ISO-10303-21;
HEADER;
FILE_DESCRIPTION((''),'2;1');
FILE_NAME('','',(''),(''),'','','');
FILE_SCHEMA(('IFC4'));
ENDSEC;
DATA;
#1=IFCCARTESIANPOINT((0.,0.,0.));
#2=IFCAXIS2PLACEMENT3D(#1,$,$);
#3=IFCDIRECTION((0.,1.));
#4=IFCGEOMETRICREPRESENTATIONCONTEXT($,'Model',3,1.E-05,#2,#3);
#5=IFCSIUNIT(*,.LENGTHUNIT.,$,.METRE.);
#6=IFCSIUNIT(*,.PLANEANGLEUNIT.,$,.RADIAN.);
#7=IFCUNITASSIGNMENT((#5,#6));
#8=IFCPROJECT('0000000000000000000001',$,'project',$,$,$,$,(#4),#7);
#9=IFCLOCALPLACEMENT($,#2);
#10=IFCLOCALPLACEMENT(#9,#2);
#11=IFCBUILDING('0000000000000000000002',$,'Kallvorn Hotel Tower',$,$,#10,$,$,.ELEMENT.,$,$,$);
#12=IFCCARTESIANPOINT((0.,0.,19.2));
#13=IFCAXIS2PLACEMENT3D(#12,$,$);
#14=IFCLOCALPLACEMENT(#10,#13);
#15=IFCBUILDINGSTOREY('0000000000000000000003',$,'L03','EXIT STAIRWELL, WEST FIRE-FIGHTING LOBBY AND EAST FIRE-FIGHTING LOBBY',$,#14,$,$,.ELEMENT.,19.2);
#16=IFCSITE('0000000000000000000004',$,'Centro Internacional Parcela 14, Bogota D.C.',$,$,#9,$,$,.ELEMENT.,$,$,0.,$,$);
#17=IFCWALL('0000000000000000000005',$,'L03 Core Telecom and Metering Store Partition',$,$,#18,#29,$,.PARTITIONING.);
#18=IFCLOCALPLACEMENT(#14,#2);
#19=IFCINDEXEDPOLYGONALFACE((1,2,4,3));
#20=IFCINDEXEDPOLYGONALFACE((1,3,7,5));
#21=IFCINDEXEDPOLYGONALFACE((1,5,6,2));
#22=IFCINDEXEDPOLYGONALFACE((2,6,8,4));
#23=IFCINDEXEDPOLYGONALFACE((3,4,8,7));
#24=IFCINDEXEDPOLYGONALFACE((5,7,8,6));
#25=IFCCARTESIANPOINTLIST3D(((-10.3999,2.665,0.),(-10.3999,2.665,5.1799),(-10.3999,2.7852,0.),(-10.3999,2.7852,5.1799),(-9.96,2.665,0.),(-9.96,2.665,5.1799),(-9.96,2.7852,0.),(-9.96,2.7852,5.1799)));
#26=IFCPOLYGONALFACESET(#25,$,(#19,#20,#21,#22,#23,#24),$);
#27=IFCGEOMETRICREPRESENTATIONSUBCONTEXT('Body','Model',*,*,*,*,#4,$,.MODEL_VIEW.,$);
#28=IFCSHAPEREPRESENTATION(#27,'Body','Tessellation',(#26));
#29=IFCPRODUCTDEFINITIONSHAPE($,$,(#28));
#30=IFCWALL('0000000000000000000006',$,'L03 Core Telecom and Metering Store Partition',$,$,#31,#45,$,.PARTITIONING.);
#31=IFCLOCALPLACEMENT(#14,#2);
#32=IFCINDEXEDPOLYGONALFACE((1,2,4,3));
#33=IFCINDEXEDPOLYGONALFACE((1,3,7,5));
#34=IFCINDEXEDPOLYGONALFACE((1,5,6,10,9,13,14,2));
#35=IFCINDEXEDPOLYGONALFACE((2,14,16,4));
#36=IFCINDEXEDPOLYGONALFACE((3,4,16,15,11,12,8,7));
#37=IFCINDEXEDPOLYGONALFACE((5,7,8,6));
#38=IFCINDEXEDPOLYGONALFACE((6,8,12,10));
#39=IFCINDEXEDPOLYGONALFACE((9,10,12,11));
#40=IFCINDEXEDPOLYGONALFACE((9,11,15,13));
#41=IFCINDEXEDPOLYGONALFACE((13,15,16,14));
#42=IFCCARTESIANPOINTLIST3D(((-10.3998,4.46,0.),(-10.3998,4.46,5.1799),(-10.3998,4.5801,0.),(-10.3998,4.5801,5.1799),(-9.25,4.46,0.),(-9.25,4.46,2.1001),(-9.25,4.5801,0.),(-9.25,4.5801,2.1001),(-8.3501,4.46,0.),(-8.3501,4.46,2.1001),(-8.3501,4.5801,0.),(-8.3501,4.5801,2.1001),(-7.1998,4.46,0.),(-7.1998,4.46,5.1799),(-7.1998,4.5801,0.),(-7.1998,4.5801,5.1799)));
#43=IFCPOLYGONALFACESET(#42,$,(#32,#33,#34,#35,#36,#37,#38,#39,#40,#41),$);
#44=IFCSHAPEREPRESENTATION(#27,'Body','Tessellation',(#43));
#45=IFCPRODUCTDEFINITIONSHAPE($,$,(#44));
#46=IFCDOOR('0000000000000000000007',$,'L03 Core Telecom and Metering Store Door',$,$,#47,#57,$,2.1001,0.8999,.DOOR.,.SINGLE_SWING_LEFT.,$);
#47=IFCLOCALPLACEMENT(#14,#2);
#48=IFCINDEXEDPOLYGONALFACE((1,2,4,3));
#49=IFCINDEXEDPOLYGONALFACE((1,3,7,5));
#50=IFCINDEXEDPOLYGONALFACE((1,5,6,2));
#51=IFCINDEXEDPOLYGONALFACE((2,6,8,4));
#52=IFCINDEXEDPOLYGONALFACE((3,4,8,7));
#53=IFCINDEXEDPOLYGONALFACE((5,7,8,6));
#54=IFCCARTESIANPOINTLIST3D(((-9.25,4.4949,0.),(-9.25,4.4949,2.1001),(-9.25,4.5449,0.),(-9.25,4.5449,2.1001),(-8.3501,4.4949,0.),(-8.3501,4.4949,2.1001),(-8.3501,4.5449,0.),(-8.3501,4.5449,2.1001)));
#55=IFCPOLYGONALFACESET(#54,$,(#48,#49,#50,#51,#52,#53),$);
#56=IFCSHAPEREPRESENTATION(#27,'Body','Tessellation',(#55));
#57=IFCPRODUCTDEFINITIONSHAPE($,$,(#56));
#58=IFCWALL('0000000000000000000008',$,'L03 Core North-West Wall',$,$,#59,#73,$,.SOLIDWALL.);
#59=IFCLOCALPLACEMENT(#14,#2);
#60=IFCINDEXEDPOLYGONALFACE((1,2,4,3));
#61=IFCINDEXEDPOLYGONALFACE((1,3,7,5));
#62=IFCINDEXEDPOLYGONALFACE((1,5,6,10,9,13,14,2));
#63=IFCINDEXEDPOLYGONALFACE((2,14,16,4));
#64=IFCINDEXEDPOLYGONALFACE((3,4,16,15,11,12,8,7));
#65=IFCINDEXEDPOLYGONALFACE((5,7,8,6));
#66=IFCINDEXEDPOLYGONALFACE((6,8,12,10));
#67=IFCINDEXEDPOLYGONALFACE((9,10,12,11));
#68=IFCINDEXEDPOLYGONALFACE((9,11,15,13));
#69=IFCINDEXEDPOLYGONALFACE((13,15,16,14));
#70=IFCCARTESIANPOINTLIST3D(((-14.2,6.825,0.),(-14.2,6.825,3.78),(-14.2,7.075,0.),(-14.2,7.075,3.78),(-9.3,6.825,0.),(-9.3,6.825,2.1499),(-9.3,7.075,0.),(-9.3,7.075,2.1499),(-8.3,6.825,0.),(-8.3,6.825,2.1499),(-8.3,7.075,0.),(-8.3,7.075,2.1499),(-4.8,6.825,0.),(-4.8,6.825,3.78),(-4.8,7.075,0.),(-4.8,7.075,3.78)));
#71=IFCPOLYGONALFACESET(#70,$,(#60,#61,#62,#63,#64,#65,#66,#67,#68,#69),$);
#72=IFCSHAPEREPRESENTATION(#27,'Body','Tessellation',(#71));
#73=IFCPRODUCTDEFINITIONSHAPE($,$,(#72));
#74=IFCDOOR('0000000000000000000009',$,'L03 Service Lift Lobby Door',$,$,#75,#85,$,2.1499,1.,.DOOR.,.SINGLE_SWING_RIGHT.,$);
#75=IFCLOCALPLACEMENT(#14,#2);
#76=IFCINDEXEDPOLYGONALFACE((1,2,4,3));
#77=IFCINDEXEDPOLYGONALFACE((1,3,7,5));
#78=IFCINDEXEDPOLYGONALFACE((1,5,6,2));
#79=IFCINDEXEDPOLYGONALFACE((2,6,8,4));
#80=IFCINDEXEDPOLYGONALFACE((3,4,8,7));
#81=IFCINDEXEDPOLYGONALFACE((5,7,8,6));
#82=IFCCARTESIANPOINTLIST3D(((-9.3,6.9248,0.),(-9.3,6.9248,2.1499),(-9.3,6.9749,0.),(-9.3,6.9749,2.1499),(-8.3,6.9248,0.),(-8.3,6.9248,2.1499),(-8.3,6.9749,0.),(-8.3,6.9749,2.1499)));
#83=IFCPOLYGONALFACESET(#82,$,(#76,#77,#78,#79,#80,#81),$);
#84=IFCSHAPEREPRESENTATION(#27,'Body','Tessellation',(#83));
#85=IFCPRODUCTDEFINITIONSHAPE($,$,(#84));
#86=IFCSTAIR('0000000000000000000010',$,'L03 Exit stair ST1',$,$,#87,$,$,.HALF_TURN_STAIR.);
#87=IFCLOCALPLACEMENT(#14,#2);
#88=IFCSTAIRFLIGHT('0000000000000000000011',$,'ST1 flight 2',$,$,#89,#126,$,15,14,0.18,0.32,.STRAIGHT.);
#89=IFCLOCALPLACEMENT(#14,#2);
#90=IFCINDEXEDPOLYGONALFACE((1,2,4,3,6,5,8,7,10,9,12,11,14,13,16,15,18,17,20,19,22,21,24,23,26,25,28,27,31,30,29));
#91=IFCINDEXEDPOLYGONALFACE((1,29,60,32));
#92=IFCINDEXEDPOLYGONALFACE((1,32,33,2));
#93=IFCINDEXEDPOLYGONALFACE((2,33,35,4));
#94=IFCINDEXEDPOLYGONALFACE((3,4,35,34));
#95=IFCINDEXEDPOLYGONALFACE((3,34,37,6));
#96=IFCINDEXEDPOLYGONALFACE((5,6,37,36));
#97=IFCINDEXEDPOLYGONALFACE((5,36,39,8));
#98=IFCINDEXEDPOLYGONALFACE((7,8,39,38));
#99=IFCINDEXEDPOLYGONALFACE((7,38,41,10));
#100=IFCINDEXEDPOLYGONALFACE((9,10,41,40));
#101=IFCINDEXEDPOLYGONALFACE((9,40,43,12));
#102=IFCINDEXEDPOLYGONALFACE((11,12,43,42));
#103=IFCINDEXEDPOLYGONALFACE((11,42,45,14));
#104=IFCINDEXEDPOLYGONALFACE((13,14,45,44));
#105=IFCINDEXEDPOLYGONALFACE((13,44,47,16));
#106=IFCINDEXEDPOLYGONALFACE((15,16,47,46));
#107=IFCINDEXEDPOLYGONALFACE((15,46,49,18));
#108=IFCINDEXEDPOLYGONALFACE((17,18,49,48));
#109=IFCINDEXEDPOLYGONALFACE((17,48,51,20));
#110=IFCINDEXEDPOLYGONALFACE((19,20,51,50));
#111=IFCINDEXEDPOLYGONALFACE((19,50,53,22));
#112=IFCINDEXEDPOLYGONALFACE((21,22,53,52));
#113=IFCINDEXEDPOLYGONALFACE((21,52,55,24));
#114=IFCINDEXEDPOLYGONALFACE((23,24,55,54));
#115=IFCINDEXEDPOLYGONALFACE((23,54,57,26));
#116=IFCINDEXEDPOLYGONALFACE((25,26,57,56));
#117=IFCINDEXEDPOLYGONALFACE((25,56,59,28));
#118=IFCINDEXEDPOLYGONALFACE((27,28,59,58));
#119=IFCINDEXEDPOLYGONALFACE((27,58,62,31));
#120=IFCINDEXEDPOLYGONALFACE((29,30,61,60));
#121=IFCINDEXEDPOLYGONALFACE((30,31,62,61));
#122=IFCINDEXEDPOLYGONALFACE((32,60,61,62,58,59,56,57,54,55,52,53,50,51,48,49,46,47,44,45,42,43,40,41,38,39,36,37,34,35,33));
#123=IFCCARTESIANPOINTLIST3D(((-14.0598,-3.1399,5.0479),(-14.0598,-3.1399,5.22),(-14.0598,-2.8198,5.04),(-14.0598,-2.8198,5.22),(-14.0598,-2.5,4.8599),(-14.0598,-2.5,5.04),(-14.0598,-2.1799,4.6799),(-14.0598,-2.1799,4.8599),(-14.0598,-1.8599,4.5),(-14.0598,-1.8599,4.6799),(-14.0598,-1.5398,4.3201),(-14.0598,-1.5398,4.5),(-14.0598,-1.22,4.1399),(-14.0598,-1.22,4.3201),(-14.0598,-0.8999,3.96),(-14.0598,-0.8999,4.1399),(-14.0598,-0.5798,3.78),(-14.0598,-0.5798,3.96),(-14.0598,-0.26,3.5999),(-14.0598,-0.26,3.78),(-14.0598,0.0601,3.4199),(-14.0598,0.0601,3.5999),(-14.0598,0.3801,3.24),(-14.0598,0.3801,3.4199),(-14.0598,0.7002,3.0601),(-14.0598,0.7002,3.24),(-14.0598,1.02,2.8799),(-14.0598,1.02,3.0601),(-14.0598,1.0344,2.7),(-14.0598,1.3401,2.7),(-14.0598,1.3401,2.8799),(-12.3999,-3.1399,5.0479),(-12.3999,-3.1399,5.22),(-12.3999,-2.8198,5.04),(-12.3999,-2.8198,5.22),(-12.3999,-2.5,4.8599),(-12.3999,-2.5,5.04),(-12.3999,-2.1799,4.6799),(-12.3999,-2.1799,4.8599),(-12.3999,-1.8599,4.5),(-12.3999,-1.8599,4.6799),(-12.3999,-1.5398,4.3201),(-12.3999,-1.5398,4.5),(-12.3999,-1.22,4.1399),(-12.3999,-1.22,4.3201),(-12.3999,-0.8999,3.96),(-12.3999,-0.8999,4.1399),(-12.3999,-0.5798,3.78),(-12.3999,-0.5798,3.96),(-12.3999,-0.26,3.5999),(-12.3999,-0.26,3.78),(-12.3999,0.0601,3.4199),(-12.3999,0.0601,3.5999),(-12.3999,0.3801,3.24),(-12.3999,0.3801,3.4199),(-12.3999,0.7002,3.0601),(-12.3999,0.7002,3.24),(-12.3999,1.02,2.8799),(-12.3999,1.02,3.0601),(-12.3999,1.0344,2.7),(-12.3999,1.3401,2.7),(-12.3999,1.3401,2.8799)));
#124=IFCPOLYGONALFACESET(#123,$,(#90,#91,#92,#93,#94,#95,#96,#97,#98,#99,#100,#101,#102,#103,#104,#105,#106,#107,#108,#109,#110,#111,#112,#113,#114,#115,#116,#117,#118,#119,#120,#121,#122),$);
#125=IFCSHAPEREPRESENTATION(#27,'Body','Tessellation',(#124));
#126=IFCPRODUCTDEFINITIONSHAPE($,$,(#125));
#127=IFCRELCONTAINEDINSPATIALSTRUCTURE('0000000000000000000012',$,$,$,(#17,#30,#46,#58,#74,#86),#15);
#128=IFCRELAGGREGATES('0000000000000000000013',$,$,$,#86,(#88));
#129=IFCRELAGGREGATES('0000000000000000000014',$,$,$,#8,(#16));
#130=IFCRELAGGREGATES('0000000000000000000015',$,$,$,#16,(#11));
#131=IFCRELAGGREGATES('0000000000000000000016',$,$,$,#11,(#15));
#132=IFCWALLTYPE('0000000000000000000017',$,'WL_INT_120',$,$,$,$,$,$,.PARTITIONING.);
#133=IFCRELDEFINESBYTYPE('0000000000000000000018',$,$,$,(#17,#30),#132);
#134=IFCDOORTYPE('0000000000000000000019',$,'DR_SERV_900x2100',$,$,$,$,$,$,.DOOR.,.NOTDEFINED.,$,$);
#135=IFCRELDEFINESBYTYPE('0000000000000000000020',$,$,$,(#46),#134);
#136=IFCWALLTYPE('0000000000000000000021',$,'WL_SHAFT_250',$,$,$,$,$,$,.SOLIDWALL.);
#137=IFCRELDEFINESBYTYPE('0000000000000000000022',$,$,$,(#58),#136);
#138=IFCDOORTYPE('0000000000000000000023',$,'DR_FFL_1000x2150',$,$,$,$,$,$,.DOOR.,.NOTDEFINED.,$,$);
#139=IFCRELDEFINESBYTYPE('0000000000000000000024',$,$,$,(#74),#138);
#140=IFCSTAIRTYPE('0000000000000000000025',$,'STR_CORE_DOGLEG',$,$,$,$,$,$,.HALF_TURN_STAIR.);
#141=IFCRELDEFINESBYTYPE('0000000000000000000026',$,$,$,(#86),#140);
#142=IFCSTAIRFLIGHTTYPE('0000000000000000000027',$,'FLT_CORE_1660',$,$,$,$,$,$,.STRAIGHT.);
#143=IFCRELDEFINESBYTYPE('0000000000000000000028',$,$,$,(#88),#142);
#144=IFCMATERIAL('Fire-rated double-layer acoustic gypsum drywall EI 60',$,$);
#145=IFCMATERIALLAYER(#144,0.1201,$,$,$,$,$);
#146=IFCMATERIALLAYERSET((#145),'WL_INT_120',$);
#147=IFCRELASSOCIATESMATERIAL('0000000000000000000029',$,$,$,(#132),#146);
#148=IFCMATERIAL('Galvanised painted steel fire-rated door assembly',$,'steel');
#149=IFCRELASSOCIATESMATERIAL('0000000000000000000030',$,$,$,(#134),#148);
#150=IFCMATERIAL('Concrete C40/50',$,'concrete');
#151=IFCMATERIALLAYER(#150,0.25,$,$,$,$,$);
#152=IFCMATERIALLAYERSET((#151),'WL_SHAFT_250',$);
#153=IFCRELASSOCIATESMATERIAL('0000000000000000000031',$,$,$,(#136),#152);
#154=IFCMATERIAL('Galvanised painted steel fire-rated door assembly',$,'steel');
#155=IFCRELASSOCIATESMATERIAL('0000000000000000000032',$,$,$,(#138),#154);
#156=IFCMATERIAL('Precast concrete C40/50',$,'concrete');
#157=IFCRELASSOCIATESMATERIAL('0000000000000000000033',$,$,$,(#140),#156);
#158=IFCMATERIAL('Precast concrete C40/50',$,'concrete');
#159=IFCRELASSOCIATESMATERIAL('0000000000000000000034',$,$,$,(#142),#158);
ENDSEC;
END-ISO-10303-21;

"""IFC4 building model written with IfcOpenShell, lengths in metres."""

from ifc_helpers import new_model, si_unit, direction, frame, frame_2d, origin, place, context, subcontext, project, spatial, polyline, rectangle, outline, extrude, material, layer, layer_set, type_object, element, fill, aggregate, save


model = new_model("IFC4")

# Units and contexts
model_context = context("Model", 3, precision=1e-05, world=origin(), true_north=direction((0.0, 1.0)))
body_context = subcontext(model_context, "Body", "Model", "MODEL_VIEW")
ifc_project = project(units=[si_unit("LENGTHUNIT", "METRE"), si_unit("PLANEANGLEUNIT", "RADIAN")], contexts=[model_context])

# Site, building, storey
site_placement = place(None, origin())
site = spatial("IfcSite", under=ifc_project, at=site_placement, Name="Centro Internacional Parcela 14, Bogota D.C.", CompositionType="ELEMENT", RefElevation=0.0)
building_placement = place(site_placement, origin())
building = spatial("IfcBuilding", under=site, at=building_placement, Name="Kallvorn Hotel Tower", CompositionType="ELEMENT")
storey_placement = place(building_placement, frame((0.0, 0.0, 19.2)))
storey = spatial("IfcBuildingStorey", under=building, at=storey_placement, Name="L03", Description="EXIT STAIRWELL, WEST FIRE-FIGHTING LOBBY AND EAST FIRE-FIGHTING LOBBY", CompositionType="ELEMENT", Elevation=19.2)

# Wall
ifc_material_1 = material(Name="Fire-rated double-layer acoustic gypsum drywall EI 60")
ifc_layer_1 = layer(ifc_material_1, 0.1201)
ifc_layer_set_1 = layer_set([ifc_layer_1], Name="WL_INT_120")
wall_type_1 = type_object("IfcWallType", Name="WL_INT_120", PredefinedType="PARTITIONING", material=ifc_layer_set_1)
wall_1_placement = place(storey_placement, frame((-10.3999, 2.7251, 0.0), z_axis=(0.0, 0.0, 1.0), x_axis=(1.0, 0.0, 0.0)))
element("IfcWall", 1, at=wall_1_placement, inside=storey, type_object=wall_type_1, Name="L03 Core Telecom and Metering Store Partition", PredefinedType="PARTITIONING", context=body_context, shape_type="SweptSolid", body=[
    extrude(rectangle(XDim=0.4399, YDim=0.1201, at=frame_2d((0.22, 0.0))), origin(), (0.0, 0.0, 1.0), 5.1799),
])

# Walls, openings, doors
wall_2_placement = place(storey_placement, frame((-10.3999, 4.52, 0.0), z_axis=(0.0, 0.0, 1.0), x_axis=(1.0, 0.0, 0.0)))
wall_2 = element("IfcWall", 2, at=wall_2_placement, inside=storey, type_object=wall_type_1, Name="L03 Core Telecom and Metering Store Partition", PredefinedType="PARTITIONING", context=body_context, shape_type="SweptSolid", body=[
    extrude(rectangle(XDim=3.2, YDim=0.1201, at=frame_2d((1.6001, 0.0))), origin(), (0.0, 0.0, 1.0), 5.1799),
])
opening_1_placement = place(wall_2_placement, frame((1.1499, 0.0, 0.0)))
opening_1 = element("IfcOpeningElement", 3, at=opening_1_placement, cuts=wall_2, PredefinedType="OPENING", context=body_context, shape_type="SweptSolid", body=[
    extrude(rectangle(XDim=0.8999, YDim=2.1001, at=frame_2d((0.45, 1.05))), frame((0.0, 0.075, 0.0), z_axis=(0.0, -1.0, 0.0), x_axis=(1.0, 0.0, 0.0)), (0.0, 0.0, 1.0), 0.1501),
])
ifc_material_2 = material(Name="Galvanised painted steel fire-rated door assembly", Category="steel")
door_type_1 = type_object("IfcDoorType", Name="DR_SERV_900x2100", OperationType="NOTDEFINED", PredefinedType="DOOR", material=ifc_material_2)
door_1_placement = place(opening_1_placement, origin())
door_1 = element("IfcDoor", 4, at=door_1_placement, inside=storey, type_object=door_type_1, Name="L03 Core Telecom and Metering Store Door", OperationType="SINGLE_SWING_LEFT", OverallHeight=2.1001, OverallWidth=0.8999, PredefinedType="DOOR", context=body_context, shape_type="SweptSolid", body=[
    extrude(rectangle(XDim=0.8999, YDim=2.1001, at=frame_2d((0.45, 1.05))), frame((0.0, 0.0249, 0.0), z_axis=(0.0, -1.0, 0.0), x_axis=(1.0, 0.0, 0.0)), (0.0, 0.0, 1.0), 0.05),
])
fill(opening_1, door_1)
ifc_material_3 = material(Name="Concrete C40/50", Category="concrete")
ifc_layer_2 = layer(ifc_material_3, 0.25)
ifc_layer_set_2 = layer_set([ifc_layer_2], Name="WL_SHAFT_250")
wall_type_2 = type_object("IfcWallType", Name="WL_SHAFT_250", PredefinedType="SOLIDWALL", material=ifc_layer_set_2)
wall_3_placement = place(storey_placement, frame((-14.2, 6.95, 0.0), z_axis=(0.0, 0.0, 1.0), x_axis=(1.0, 0.0, 0.0)))
wall_3 = element("IfcWall", 5, at=wall_3_placement, inside=storey, type_object=wall_type_2, Name="L03 Core North-West Wall", PredefinedType="SOLIDWALL", context=body_context, shape_type="SweptSolid", body=[
    extrude(rectangle(XDim=9.3999, YDim=0.25, at=frame_2d((4.7, 0.0))), origin(), (0.0, 0.0, 1.0), 3.78),
])
opening_2_placement = place(wall_3_placement, frame((4.8999, 0.0, 0.0)))
opening_2 = element("IfcOpeningElement", 6, at=opening_2_placement, cuts=wall_3, PredefinedType="OPENING", context=body_context, shape_type="SweptSolid", body=[
    extrude(rectangle(XDim=1.0, YDim=2.1499, at=frame_2d((0.5, 1.075))), frame((0.0, 0.1399, 0.0), z_axis=(0.0, -1.0, 0.0), x_axis=(1.0, 0.0, 0.0)), (0.0, 0.0, 1.0), 0.28),
])
ifc_material_4 = material(Name="Galvanised painted steel fire-rated door assembly", Category="steel")
door_type_2 = type_object("IfcDoorType", Name="DR_FFL_1000x2150", OperationType="NOTDEFINED", PredefinedType="DOOR", material=ifc_material_4)
door_2_placement = place(opening_2_placement, origin())
door_2 = element("IfcDoor", 7, at=door_2_placement, inside=storey, type_object=door_type_2, Name="L03 Service Lift Lobby Door", OperationType="SINGLE_SWING_RIGHT", OverallHeight=2.1499, OverallWidth=1.0, PredefinedType="DOOR", context=body_context, shape_type="SweptSolid", body=[
    extrude(rectangle(XDim=1.0, YDim=2.1499, at=frame_2d((0.5, 1.075))), frame((0.0, 0.0249, 0.0), z_axis=(0.0, -1.0, 0.0), x_axis=(1.0, 0.0, 0.0)), (0.0, 0.0, 1.0), 0.05),
])
fill(opening_2, door_2)

# Stair, stair flight
ifc_material_5 = material(Name="Precast concrete C40/50", Category="concrete")
stair_type = type_object("IfcStairType", Name="STR_CORE_DOGLEG", PredefinedType="HALF_TURN_STAIR", material=ifc_material_5)
stair_placement = place(storey_placement, origin())
stair = element("IfcStair", 8, at=stair_placement, inside=storey, type_object=stair_type, Name="L03 Exit stair ST1", PredefinedType="HALF_TURN_STAIR")
ifc_material_6 = material(Name="Precast concrete C40/50", Category="concrete")
stair_flight_type = type_object("IfcStairFlightType", Name="FLT_CORE_1660", PredefinedType="STRAIGHT", material=ifc_material_6)
stair_flight_placement = place(storey_placement, frame((-13.23, 1.3401, 2.7), z_axis=(0.0, 0.0, 1.0), x_axis=(0.0, -1.0, 0.0)))
stair_flight = element("IfcStairFlight", 9, at=stair_flight_placement, type_object=stair_flight_type, Name="ST1 flight 2", NumberOfRisers=15, NumberOfTreads=14, PredefinedType="STRAIGHT", RiserHeight=0.18, TreadLength=0.32, context=body_context, shape_type="SweptSolid", body=[
    extrude(outline(polyline([(0.0, 0.0), (0.0, 0.1799), (0.3201, 0.1799), (0.3201, 0.3601), (0.6399, 0.3601), (0.6399, 0.54), (0.96, 0.54), (0.96, 0.72), (1.28, 0.72), (1.28, 0.8999), (1.6001, 0.8999), (1.6001, 1.0801), (1.9199, 1.0801), (1.9199, 1.26), (2.24, 1.26), (2.24, 1.4399), (2.5601, 1.4399), (2.5601, 1.6201), (2.8799, 1.6201), (2.8799, 1.8), (3.2, 1.8), (3.2, 1.98), (3.52, 1.98), (3.52, 2.1599), (3.8401, 2.1599), (3.8401, 2.3401), (4.1599, 2.3401), (4.1599, 2.52), (4.48, 2.52), (4.48, 2.7), (4.48, 2.3479), (0.3057, 0.0), (0.0, 0.0)])), frame((0.0, 0.8301, 0.0), z_axis=(0.0, -1.0, 0.0), x_axis=(1.0, 0.0, 0.0)), (0.0, 0.0, 1.0), 1.6599),
])
aggregate(stair, [stair_flight])

save(model, "model.ifc")
